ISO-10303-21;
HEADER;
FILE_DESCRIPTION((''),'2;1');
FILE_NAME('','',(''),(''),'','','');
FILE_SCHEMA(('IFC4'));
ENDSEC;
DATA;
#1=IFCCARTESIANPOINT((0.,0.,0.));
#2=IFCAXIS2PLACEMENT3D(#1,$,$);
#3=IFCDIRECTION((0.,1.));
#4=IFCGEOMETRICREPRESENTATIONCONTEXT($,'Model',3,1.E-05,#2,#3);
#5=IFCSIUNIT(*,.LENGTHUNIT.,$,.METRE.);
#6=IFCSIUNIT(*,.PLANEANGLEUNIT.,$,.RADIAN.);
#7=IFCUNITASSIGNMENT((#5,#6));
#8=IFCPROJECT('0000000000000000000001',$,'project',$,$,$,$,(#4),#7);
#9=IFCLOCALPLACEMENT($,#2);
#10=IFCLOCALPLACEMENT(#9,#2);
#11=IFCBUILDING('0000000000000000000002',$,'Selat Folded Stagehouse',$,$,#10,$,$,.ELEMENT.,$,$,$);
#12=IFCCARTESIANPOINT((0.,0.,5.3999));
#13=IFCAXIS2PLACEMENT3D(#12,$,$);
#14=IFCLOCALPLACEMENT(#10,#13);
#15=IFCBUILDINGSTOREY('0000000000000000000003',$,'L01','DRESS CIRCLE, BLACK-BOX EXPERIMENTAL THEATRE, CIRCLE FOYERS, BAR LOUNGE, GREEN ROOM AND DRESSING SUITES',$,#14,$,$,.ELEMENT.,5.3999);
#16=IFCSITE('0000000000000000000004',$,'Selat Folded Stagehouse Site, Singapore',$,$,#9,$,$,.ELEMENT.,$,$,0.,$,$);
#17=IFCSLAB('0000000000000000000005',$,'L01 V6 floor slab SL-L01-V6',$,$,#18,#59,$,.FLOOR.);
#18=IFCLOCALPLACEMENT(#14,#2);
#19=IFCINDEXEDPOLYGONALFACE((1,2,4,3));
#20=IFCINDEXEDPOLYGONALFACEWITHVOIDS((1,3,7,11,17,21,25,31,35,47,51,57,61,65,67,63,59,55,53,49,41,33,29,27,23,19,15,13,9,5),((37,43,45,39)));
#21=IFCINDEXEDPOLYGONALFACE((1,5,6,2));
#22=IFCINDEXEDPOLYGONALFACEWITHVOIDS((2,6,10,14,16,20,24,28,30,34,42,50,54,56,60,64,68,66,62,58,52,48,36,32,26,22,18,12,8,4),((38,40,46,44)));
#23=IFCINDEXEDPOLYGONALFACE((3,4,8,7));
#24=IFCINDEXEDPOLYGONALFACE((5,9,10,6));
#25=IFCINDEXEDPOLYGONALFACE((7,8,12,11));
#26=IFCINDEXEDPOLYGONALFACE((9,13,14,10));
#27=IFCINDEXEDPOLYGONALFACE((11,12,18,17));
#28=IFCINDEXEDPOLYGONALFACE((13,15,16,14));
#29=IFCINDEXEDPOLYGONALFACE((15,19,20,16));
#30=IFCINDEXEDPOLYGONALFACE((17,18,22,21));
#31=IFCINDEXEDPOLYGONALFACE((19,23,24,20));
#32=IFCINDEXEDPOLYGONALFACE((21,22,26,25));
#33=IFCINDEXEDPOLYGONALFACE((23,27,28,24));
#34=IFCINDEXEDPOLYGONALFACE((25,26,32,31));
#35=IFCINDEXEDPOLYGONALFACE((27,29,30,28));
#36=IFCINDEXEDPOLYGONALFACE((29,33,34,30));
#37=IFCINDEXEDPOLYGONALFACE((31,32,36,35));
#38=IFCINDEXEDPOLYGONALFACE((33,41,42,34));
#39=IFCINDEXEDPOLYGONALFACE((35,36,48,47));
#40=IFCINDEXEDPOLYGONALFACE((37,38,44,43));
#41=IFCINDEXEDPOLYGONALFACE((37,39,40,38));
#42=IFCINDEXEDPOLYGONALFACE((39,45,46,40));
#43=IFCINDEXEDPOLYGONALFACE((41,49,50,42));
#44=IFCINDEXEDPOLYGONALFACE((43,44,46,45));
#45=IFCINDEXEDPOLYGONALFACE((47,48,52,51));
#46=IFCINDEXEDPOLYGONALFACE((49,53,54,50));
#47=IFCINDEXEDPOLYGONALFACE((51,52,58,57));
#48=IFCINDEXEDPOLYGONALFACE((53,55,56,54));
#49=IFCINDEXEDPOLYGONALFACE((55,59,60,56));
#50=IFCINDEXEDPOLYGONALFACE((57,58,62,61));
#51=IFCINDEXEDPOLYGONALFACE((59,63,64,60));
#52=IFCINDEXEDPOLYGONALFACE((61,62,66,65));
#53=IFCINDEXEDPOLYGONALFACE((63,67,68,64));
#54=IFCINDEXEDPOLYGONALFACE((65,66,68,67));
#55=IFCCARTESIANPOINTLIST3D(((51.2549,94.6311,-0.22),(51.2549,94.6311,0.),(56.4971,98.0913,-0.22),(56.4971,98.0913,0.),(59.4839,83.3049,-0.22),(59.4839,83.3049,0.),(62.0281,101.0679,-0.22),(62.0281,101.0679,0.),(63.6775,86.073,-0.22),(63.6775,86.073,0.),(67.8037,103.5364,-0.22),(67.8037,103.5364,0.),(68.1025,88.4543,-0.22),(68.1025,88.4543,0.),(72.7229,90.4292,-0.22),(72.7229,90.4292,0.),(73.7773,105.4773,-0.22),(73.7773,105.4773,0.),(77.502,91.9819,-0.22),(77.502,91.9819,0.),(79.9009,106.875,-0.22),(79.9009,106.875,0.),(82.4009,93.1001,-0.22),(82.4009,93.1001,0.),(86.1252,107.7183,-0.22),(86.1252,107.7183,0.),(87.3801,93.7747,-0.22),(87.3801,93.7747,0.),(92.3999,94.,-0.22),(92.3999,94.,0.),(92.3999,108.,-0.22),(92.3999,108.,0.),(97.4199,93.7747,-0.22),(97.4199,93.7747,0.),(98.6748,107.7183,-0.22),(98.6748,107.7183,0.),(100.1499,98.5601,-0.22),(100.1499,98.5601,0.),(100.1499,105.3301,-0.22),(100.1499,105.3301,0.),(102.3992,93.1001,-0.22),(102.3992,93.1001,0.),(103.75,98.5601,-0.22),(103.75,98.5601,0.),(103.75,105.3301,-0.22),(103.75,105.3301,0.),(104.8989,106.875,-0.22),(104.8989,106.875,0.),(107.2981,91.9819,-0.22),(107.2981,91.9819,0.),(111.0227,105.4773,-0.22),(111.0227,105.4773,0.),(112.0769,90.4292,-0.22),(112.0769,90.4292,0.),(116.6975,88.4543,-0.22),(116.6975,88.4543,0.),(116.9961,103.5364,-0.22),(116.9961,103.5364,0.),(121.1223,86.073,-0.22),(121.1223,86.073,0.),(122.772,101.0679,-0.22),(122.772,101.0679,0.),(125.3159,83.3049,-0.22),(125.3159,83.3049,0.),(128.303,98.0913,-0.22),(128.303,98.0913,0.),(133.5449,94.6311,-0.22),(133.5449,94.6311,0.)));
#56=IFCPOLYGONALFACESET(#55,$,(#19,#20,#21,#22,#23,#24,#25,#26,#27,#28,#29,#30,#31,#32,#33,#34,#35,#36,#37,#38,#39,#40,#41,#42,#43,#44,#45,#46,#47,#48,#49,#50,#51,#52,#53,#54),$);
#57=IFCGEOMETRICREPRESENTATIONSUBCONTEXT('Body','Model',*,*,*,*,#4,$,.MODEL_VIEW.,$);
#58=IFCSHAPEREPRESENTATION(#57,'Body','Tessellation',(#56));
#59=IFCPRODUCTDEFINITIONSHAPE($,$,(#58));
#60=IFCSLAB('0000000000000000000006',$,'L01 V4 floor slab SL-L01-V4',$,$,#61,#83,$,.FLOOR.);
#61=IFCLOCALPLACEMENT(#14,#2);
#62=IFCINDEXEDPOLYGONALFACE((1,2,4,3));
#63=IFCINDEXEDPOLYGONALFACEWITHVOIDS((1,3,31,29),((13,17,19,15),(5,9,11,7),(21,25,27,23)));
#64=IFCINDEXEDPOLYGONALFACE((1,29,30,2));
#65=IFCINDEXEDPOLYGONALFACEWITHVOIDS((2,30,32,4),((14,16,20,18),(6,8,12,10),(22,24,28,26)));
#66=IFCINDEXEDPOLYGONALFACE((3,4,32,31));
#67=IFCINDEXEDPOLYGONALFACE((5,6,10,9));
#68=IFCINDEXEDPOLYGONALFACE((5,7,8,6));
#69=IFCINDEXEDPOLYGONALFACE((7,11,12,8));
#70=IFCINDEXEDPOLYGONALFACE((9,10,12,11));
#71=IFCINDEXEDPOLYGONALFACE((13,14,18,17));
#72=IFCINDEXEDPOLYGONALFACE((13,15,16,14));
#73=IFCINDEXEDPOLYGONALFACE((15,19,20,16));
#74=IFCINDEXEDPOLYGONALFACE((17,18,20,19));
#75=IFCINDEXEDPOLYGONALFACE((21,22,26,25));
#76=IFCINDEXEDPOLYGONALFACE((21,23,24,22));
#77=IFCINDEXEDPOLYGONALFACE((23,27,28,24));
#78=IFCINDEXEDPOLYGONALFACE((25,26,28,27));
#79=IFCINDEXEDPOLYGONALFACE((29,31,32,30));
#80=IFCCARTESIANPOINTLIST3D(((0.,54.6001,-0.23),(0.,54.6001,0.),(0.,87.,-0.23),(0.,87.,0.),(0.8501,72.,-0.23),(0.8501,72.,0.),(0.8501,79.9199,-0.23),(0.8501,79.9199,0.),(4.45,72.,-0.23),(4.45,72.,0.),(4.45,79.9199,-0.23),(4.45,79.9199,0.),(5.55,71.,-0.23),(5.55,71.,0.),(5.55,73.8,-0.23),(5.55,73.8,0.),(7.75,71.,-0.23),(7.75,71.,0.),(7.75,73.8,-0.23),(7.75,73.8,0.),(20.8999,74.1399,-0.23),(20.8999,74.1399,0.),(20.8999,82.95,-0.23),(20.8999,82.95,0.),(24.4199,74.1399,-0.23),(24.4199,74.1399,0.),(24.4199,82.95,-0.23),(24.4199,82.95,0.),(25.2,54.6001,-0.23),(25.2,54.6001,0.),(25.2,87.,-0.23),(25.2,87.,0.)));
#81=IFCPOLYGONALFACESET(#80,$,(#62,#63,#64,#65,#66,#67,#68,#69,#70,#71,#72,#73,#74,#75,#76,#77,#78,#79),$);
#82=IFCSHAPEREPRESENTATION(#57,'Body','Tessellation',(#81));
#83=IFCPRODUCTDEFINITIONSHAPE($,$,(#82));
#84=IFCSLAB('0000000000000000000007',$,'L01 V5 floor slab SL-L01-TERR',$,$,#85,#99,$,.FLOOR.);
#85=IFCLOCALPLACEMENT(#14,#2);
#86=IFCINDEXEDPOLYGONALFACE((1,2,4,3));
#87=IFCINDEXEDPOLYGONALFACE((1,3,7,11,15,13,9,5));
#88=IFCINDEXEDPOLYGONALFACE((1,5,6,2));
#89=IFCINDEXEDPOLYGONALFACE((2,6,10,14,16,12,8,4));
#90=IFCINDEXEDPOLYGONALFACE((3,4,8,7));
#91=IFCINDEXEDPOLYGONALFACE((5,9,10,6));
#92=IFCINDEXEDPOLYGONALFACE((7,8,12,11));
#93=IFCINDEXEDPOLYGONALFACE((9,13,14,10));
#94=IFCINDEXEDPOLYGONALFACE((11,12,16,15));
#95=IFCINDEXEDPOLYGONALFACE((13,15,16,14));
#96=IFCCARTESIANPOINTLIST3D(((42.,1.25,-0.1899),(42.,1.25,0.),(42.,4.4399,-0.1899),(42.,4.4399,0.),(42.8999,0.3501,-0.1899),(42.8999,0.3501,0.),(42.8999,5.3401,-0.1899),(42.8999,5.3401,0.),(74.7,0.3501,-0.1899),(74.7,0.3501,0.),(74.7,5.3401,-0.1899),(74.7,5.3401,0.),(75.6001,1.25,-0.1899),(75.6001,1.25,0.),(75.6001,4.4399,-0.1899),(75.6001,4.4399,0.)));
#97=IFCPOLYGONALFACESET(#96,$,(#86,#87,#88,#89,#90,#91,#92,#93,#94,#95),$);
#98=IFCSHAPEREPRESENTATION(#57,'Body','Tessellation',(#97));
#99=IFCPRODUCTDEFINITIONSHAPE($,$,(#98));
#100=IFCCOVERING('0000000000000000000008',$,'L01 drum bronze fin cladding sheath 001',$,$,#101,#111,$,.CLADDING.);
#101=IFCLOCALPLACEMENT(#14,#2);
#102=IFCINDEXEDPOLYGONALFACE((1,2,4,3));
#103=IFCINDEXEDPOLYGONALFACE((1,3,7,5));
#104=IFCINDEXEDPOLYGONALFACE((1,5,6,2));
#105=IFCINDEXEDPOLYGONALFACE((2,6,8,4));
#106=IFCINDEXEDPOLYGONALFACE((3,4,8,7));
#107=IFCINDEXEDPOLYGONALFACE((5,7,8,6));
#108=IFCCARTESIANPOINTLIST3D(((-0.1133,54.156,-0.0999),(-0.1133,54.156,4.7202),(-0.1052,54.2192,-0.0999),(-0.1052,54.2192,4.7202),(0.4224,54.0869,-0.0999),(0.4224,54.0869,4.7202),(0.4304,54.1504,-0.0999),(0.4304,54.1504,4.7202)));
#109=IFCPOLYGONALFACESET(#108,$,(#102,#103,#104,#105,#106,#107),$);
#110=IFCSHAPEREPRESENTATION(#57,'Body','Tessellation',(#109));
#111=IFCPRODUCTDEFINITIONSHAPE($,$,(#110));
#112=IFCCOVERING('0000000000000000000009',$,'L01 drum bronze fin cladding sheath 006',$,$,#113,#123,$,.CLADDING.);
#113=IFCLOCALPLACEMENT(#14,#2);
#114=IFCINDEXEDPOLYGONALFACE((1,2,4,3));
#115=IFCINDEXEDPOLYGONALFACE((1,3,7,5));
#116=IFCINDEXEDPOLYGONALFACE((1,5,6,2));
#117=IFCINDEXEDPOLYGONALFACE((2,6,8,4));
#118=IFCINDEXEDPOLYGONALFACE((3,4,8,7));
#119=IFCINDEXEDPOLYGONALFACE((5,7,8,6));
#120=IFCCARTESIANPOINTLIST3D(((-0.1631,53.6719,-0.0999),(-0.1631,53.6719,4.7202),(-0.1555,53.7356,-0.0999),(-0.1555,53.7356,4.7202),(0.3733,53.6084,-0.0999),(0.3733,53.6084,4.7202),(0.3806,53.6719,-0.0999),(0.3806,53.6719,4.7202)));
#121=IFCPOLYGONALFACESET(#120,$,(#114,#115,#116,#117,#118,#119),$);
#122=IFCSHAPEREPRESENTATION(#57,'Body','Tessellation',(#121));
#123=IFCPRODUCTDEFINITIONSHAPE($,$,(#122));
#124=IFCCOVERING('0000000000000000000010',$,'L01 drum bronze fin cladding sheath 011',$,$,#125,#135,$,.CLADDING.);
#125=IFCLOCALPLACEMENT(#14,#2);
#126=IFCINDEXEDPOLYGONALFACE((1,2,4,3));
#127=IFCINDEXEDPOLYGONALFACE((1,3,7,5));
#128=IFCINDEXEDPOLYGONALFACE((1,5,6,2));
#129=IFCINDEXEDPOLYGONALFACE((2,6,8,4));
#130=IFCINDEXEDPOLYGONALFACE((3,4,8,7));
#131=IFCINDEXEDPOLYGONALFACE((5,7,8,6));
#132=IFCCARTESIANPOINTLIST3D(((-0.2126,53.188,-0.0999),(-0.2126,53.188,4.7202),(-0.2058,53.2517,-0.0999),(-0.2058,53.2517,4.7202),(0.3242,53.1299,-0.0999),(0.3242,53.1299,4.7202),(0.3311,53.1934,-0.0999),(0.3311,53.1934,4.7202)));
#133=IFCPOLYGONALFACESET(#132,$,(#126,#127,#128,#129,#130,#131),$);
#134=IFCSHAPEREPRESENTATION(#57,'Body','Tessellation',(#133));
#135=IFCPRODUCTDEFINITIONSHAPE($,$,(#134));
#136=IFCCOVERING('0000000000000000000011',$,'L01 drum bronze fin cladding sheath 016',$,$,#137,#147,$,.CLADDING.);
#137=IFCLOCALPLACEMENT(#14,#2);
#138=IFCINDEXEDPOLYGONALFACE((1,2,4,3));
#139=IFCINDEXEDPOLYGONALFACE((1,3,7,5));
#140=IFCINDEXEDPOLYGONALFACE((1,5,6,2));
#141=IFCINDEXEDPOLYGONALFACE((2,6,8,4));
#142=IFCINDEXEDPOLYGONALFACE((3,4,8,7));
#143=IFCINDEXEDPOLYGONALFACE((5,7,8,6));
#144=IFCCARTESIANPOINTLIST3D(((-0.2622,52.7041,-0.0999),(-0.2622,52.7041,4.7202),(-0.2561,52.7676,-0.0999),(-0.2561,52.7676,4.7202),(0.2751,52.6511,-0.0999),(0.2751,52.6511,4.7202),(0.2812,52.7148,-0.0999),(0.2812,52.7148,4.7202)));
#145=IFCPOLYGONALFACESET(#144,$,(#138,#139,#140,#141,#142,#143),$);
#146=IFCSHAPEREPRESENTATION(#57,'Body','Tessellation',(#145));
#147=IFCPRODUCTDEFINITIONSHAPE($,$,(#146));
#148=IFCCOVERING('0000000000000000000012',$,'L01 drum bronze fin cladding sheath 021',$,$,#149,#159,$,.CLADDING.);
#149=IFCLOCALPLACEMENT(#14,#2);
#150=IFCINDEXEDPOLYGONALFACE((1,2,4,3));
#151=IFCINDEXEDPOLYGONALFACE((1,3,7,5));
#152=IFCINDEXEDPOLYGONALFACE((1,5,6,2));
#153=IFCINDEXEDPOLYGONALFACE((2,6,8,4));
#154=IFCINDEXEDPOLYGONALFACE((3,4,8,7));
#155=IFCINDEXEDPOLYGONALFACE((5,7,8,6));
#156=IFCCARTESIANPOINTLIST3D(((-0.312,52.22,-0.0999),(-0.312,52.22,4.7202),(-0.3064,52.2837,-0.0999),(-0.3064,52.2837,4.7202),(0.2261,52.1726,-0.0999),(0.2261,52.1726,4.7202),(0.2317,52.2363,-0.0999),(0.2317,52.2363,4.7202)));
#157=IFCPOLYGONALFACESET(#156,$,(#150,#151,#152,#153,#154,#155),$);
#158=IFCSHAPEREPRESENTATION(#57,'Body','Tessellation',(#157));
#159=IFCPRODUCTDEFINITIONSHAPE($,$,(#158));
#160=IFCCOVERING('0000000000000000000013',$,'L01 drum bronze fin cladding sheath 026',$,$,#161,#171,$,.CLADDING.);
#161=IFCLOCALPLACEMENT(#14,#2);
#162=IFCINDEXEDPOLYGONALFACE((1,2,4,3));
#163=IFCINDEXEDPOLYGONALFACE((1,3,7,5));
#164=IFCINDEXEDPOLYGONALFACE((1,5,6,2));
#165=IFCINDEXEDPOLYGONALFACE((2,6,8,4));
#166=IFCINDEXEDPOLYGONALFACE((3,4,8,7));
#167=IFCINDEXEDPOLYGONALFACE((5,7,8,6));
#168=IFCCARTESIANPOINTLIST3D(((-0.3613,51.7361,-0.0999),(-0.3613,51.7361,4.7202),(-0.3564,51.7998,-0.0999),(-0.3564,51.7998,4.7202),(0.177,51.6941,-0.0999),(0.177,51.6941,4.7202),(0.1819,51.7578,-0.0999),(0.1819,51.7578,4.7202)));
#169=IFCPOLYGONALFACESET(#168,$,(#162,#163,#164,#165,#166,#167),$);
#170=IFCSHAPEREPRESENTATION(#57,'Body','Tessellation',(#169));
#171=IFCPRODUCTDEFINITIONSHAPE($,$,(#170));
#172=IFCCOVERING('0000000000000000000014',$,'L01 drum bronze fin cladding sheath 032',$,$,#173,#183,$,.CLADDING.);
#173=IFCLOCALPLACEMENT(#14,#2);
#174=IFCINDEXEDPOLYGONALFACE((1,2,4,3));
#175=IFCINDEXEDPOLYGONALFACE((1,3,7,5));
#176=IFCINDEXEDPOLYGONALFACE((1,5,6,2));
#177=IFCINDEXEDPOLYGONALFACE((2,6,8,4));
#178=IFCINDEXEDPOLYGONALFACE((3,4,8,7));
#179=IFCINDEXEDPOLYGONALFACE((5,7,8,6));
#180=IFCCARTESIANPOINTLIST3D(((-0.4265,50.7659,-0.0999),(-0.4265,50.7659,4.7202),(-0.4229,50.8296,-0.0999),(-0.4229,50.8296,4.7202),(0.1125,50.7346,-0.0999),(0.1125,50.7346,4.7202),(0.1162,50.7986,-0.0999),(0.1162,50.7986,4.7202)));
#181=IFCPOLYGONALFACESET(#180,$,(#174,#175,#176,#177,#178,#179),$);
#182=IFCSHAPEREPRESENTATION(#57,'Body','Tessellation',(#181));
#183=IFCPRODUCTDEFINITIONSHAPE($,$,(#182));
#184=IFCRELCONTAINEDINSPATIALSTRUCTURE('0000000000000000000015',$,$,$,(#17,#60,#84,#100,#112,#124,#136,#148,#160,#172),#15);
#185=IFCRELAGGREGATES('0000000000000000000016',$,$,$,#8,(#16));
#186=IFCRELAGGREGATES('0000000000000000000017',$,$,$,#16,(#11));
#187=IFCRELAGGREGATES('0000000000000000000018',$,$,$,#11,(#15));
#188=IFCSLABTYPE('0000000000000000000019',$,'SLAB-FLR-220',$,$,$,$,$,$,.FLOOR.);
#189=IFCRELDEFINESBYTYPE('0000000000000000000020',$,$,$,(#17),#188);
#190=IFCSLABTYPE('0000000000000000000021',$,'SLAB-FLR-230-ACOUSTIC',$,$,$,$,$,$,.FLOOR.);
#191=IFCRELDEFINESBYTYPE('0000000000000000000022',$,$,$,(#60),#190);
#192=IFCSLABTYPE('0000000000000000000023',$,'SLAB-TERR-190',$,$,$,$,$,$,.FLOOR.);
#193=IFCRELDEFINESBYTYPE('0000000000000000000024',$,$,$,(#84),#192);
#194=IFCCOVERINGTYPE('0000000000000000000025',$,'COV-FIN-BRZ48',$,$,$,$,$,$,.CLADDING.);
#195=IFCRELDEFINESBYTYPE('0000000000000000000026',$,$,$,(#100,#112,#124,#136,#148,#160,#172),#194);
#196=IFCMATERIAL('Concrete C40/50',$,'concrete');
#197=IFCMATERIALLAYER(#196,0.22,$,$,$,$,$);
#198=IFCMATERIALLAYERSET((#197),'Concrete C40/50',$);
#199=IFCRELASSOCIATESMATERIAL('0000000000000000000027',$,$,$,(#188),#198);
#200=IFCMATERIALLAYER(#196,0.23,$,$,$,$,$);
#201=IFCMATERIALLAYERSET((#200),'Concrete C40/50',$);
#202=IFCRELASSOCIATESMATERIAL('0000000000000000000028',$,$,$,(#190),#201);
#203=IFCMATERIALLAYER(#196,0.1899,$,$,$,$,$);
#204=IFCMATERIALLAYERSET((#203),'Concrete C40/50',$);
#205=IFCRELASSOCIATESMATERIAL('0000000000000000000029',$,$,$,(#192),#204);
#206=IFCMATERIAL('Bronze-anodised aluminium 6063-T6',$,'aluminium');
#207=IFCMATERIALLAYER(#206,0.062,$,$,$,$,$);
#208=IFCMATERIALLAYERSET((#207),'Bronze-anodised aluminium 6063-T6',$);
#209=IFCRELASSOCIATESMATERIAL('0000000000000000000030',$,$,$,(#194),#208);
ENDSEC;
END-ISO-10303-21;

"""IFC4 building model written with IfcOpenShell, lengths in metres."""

from ifc_helpers import new_model, si_unit, direction, frame, origin, place, context, subcontext, project, spatial, polyline, outline, extrude, material, layer, layer_set, type_object, element, save


model = new_model("IFC4")

# Units and contexts
model_context = context("Model", 3, precision=1e-05, world=origin(), true_north=direction((0.0, 1.0)))
body_context = subcontext(model_context, "Body", "Model", "MODEL_VIEW")
ifc_project = project(units=[si_unit("LENGTHUNIT", "METRE"), si_unit("PLANEANGLEUNIT", "RADIAN")], contexts=[model_context])

# Site, building, storey
site_placement = place(None, origin())
site = spatial("IfcSite", under=ifc_project, at=site_placement, Name="Selat Folded Stagehouse Site, Singapore", CompositionType="ELEMENT", RefElevation=0.0)
building_placement = place(site_placement, origin())
building = spatial("IfcBuilding", under=site, at=building_placement, Name="Selat Folded Stagehouse", CompositionType="ELEMENT")
storey_placement = place(building_placement, frame((0.0, 0.0, 5.3999)))
storey = spatial("IfcBuildingStorey", under=building, at=storey_placement, Name="L01", Description="DRESS CIRCLE, BLACK-BOX EXPERIMENTAL THEATRE, CIRCLE FOYERS, BAR LOUNGE, GREEN ROOM AND DRESSING SUITES", CompositionType="ELEMENT", Elevation=5.3999)

# Slabs
ifc_material_1 = material(Name="Concrete C40/50", Category="concrete")
ifc_layer_1 = layer(ifc_material_1, 0.22)
ifc_layer_set_1 = layer_set([ifc_layer_1], Name="Concrete C40/50")
slab_type_1 = type_object("IfcSlabType", Name="SLAB-FLR-220", PredefinedType="FLOOR", material=ifc_layer_set_1)
slab_1_placement = place(storey_placement, frame((0.0, 0.0, -0.22)))
element("IfcSlab", 1, at=slab_1_placement, inside=storey, type_object=slab_type_1, Name="L01 V6 floor slab SL-L01-V6", PredefinedType="FLOOR", context=body_context, shape_type="SweptSolid", body=[
    extrude(outline(polyline([(59.4839, 83.3049), (63.6775, 86.073), (68.1025, 88.4543), (72.7229, 90.4292), (77.502, 91.9819), (82.4009, 93.1001), (87.3801, 93.7747), (92.3999, 94.0), (97.4199, 93.7747), (102.3992, 93.1001), (107.2981, 91.9819), (112.0769, 90.4292), (116.6975, 88.4543), (121.1223, 86.073), (125.3159, 83.3049), (133.5449, 94.6311), (128.303, 98.0913), (122.772, 101.0679), (116.9961, 103.5364), (111.0227, 105.4773), (104.8989, 106.875), (98.6748, 107.7183), (92.3999, 108.0), (86.1252, 107.7183), (79.9009, 106.875), (73.7773, 105.4773), (67.8037, 103.5364), (62.0281, 101.0679), (56.4971, 98.0913), (51.2549, 94.6311), (59.4839, 83.3049)]), holes=[polyline([(103.75, 105.3301), (103.75, 98.5601), (100.1499, 98.5601), (100.1499, 105.3301), (103.75, 105.3301)])]), origin(), (0.0, 0.0, 1.0), 0.22),
])
ifc_layer_2 = layer(ifc_material_1, 0.23)
ifc_layer_set_2 = layer_set([ifc_layer_2], Name="Concrete C40/50")
slab_type_2 = type_object("IfcSlabType", Name="SLAB-FLR-230-ACOUSTIC", PredefinedType="FLOOR", material=ifc_layer_set_2)
slab_2_placement = place(storey_placement, frame((0.0, 0.0, -0.23)))
element("IfcSlab", 2, at=slab_2_placement, inside=storey, type_object=slab_type_2, Name="L01 V4 floor slab SL-L01-V4", PredefinedType="FLOOR", context=body_context, shape_type="SweptSolid", body=[
    extrude(outline(polyline([(0.0, 54.6001), (25.2, 54.6001), (25.2, 87.0), (0.0, 87.0), (0.0, 54.6001)]), holes=[polyline([(7.75, 71.0), (5.55, 71.0), (5.55, 73.8), (7.75, 73.8), (7.75, 71.0)]), polyline([(0.8501, 72.0), (0.8501, 79.9199), (4.45, 79.9199), (4.45, 72.0), (0.8501, 72.0)]), polyline([(20.8999, 74.1399), (20.8999, 82.95), (24.4199, 82.95), (24.4199, 74.1399), (20.8999, 74.1399)])]), origin(), (0.0, 0.0, 1.0), 0.23),
])
ifc_layer_3 = layer(ifc_material_1, 0.1899)
ifc_layer_set_3 = layer_set([ifc_layer_3], Name="Concrete C40/50")
slab_type_3 = type_object("IfcSlabType", Name="SLAB-TERR-190", PredefinedType="FLOOR", material=ifc_layer_set_3)
slab_3_placement = place(storey_placement, frame((0.0, 0.0, -0.1899)))
element("IfcSlab", 3, at=slab_3_placement, inside=storey, type_object=slab_type_3, Name="L01 V5 floor slab SL-L01-TERR", PredefinedType="FLOOR", context=body_context, shape_type="SweptSolid", body=[
    extrude(outline(polyline([(42.8999, 0.3501), (74.7, 0.3501), (75.6001, 1.25), (75.6001, 4.4399), (74.7, 5.3401), (42.8999, 5.3401), (42.0, 4.4399), (42.0, 1.25), (42.8999, 0.3501)])), origin(), (0.0, 0.0, 1.0), 0.1899),
])

# Coverings
ifc_material_2 = material(Name="Bronze-anodised aluminium 6063-T6", Category="aluminium")
ifc_layer_4 = layer(ifc_material_2, 0.062)
ifc_layer_set_4 = layer_set([ifc_layer_4], Name="Bronze-anodised aluminium 6063-T6")
covering_type = type_object("IfcCoveringType", Name="COV-FIN-BRZ48", PredefinedType="CLADDING", material=ifc_layer_set_4)
covering_1_placement = place(storey_placement, frame((0.0, 0.0, -0.0999)))
element("IfcCovering", 4, at=covering_1_placement, inside=storey, type_object=covering_type, Name="L01 drum bronze fin cladding sheath 001", PredefinedType="CLADDING", context=body_context, shape_type="SweptSolid", body=[
    extrude(outline(polyline([(0.4304, 54.1504), (-0.1052, 54.2192), (-0.1133, 54.156), (0.4224, 54.0869), (0.4304, 54.1504)])), origin(), (0.0, 0.0, 1.0), 4.8201),
])
covering_2_placement = place(storey_placement, frame((0.0, 0.0, -0.0999)))
element("IfcCovering", 5, at=covering_2_placement, inside=storey, type_object=covering_type, Name="L01 drum bronze fin cladding sheath 006", PredefinedType="CLADDING", context=body_context, shape_type="SweptSolid", body=[
    extrude(outline(polyline([(0.3806, 53.6719), (-0.1555, 53.7356), (-0.1631, 53.6719), (0.3733, 53.6084), (0.3806, 53.6719)])), origin(), (0.0, 0.0, 1.0), 4.8201),
])
covering_3_placement = place(storey_placement, frame((0.0, 0.0, -0.0999)))
element("IfcCovering", 6, at=covering_3_placement, inside=storey, type_object=covering_type, Name="L01 drum bronze fin cladding sheath 011", PredefinedType="CLADDING", context=body_context, shape_type="SweptSolid", body=[
    extrude(outline(polyline([(0.3311, 53.1934), (-0.2058, 53.2517), (-0.2126, 53.188), (0.3242, 53.1299), (0.3311, 53.1934)])), origin(), (0.0, 0.0, 1.0), 4.8201),
])
covering_4_placement = place(storey_placement, frame((0.0, 0.0, -0.0999)))
element("IfcCovering", 7, at=covering_4_placement, inside=storey, type_object=covering_type, Name="L01 drum bronze fin cladding sheath 016", PredefinedType="CLADDING", context=body_context, shape_type="SweptSolid", body=[
    extrude(outline(polyline([(0.2812, 52.7148), (-0.2561, 52.7676), (-0.2622, 52.7041), (0.2751, 52.6511), (0.2812, 52.7148)])), origin(), (0.0, 0.0, 1.0), 4.8201),
])
covering_5_placement = place(storey_placement, frame((0.0, 0.0, -0.0999)))
element("IfcCovering", 8, at=covering_5_placement, inside=storey, type_object=covering_type, Name="L01 drum bronze fin cladding sheath 021", PredefinedType="CLADDING", context=body_context, shape_type="SweptSolid", body=[
    extrude(outline(polyline([(0.2317, 52.2363), (-0.3064, 52.2837), (-0.312, 52.22), (0.2261, 52.1726), (0.2317, 52.2363)])), origin(), (0.0, 0.0, 1.0), 4.8201),
])
covering_6_placement = place(storey_placement, frame((0.0, 0.0, -0.0999)))
element("IfcCovering", 9, at=covering_6_placement, inside=storey, type_object=covering_type, Name="L01 drum bronze fin cladding sheath 026", PredefinedType="CLADDING", context=body_context, shape_type="SweptSolid", body=[
    extrude(outline(polyline([(0.1819, 51.7578), (-0.3564, 51.7998), (-0.3613, 51.7361), (0.177, 51.6941), (0.1819, 51.7578)])), origin(), (0.0, 0.0, 1.0), 4.8201),
])
covering_7_placement = place(storey_placement, frame((0.0, 0.0, -0.0999)))
element("IfcCovering", 10, at=covering_7_placement, inside=storey, type_object=covering_type, Name="L01 drum bronze fin cladding sheath 032", PredefinedType="CLADDING", context=body_context, shape_type="SweptSolid", body=[
    extrude(outline(polyline([(0.1162, 50.7986), (-0.4229, 50.8296), (-0.4265, 50.7659), (0.1125, 50.7346), (0.1162, 50.7986)])), origin(), (0.0, 0.0, 1.0), 4.8201),
])

save(model, "model.ifc")
